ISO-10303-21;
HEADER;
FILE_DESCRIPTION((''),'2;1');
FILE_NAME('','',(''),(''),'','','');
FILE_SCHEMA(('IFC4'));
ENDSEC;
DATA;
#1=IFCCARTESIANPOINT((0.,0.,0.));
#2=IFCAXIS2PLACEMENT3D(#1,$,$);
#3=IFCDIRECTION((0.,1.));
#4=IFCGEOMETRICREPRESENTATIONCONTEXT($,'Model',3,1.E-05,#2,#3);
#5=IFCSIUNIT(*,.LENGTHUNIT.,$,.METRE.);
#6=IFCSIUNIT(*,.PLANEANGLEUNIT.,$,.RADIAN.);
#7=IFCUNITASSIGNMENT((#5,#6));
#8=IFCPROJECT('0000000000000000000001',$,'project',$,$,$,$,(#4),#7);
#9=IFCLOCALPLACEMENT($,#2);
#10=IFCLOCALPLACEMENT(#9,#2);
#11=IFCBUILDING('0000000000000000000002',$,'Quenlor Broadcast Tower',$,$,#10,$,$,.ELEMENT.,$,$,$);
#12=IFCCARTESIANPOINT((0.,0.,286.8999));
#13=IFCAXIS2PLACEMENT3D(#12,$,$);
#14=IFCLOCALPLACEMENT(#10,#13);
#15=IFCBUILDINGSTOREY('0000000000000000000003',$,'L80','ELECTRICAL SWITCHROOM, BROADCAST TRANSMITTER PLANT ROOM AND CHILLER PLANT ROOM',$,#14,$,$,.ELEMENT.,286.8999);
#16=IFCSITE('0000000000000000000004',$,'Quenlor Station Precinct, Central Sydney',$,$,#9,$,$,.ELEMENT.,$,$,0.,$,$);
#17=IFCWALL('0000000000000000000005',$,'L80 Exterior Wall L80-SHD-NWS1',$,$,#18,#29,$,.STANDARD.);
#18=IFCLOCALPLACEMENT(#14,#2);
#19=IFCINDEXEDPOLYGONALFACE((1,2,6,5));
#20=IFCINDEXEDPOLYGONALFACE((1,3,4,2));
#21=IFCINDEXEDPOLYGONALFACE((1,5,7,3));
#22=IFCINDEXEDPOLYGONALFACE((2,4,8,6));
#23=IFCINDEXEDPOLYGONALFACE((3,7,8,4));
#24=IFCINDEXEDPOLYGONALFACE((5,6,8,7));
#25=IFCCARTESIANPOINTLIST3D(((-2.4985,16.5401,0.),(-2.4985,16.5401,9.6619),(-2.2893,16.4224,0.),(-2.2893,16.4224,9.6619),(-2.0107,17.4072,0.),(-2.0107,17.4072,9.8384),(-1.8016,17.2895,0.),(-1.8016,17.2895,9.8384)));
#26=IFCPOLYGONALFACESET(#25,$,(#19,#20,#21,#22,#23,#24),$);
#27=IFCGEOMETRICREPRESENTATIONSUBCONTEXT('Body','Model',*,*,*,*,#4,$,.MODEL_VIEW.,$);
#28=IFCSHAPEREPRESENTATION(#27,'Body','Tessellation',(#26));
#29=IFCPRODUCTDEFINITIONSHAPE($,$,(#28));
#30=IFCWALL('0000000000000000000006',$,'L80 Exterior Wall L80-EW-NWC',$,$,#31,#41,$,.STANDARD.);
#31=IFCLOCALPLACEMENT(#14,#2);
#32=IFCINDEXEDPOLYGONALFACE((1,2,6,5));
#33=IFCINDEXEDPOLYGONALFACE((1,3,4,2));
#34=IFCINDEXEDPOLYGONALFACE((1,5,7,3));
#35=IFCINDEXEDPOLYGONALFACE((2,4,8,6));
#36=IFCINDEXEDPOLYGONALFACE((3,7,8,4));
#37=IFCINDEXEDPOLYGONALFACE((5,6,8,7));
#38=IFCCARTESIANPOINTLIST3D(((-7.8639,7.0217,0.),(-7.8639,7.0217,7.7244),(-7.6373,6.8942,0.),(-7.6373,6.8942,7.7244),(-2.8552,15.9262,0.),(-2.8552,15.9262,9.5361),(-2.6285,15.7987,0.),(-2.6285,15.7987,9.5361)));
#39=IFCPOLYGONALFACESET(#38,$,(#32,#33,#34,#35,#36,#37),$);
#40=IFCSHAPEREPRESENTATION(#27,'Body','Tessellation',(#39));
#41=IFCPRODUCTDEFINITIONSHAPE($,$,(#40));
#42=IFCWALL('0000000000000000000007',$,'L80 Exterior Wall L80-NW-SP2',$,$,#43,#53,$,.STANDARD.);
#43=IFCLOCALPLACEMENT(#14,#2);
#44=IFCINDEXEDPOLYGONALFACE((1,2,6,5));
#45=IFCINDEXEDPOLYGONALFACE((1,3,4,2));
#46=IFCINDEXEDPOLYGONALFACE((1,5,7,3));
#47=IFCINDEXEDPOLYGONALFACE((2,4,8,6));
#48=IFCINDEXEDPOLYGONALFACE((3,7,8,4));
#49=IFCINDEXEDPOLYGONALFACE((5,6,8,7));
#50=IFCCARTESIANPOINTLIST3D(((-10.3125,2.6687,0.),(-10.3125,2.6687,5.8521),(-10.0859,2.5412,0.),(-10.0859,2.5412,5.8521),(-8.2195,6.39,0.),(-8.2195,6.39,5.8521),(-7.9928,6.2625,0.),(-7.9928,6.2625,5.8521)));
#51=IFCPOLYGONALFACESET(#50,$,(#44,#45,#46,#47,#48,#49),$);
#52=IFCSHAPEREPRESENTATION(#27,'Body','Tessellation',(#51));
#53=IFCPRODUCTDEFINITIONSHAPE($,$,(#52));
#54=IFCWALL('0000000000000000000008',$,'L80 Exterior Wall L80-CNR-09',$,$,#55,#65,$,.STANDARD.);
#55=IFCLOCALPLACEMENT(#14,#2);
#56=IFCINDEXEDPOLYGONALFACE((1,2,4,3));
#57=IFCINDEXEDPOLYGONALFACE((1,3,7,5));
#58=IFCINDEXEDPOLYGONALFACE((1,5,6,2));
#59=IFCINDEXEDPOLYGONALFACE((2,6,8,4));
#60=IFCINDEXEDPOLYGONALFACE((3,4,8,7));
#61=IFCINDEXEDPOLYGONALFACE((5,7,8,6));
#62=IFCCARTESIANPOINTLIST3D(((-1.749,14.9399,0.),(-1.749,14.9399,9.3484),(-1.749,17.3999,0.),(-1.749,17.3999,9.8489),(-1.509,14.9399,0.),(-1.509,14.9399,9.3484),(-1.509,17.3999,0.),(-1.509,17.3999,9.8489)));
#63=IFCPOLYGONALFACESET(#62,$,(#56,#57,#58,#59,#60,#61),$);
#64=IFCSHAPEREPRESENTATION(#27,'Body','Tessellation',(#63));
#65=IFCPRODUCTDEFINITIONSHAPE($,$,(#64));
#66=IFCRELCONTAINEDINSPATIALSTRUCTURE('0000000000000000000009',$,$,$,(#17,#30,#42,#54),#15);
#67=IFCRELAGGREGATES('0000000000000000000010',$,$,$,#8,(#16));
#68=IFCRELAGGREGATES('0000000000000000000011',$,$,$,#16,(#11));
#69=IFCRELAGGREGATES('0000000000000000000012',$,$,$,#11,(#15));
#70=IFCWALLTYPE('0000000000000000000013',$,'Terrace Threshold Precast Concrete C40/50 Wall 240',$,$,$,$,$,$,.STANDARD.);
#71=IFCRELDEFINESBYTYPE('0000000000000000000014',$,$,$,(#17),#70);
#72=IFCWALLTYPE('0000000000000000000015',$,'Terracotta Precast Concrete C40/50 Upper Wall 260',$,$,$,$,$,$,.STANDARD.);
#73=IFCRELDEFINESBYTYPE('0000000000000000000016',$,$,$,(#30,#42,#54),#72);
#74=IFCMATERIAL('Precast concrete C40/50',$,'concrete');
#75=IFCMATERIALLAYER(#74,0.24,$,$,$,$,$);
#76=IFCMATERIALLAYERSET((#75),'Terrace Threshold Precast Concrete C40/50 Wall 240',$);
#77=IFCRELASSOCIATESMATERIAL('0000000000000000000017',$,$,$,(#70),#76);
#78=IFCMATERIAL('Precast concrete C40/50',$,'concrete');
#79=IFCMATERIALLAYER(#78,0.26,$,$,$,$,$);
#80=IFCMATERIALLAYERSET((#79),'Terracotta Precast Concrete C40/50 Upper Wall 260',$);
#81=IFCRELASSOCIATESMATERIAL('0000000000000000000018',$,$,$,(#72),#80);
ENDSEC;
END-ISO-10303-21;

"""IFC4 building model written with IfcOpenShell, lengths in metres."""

from ifc_helpers import new_model, si_unit, direction, frame, frame_2d, origin, place, context, subcontext, project, spatial, polyline, rectangle, outline, extrude, material, layer, layer_set, type_object, element, save


model = new_model("IFC4")

# Units and contexts
model_context = context("Model", 3, precision=1e-05, world=origin(), true_north=direction((0.0, 1.0)))
body_context = subcontext(model_context, "Body", "Model", "MODEL_VIEW")
ifc_project = project(units=[si_unit("LENGTHUNIT", "METRE"), si_unit("PLANEANGLEUNIT", "RADIAN")], contexts=[model_context])

# Site, building, storey
site_placement = place(None, origin())
site = spatial("IfcSite", under=ifc_project, at=site_placement, Name="Quenlor Station Precinct, Central Sydney", CompositionType="ELEMENT", RefElevation=0.0)
building_placement = place(site_placement, origin())
building = spatial("IfcBuilding", under=site, at=building_placement, Name="Quenlor Broadcast Tower", CompositionType="ELEMENT")
storey_placement = place(building_placement, frame((0.0, 0.0, 286.8999)))
storey = spatial("IfcBuildingStorey", under=building, at=storey_placement, Name="L80", Description="ELECTRICAL SWITCHROOM, BROADCAST TRANSMITTER PLANT ROOM AND CHILLER PLANT ROOM", CompositionType="ELEMENT", Elevation=286.8999)

# Walls
ifc_material_1 = material(Name="Precast concrete C40/50", Category="concrete")
ifc_layer_1 = layer(ifc_material_1, 0.24)
ifc_layer_set_1 = layer_set([ifc_layer_1], Name="Terrace Threshold Precast Concrete C40/50 Wall 240")
wall_type_1 = type_object("IfcWallType", Name="Terrace Threshold Precast Concrete C40/50 Wall 240", PredefinedType="STANDARD", material=ifc_layer_set_1)
wall_1_placement = place(storey_placement, frame((-2.3938, 16.4812, 0.0), z_axis=(0.0, 0.0, 1.0), x_axis=(0.490261, 0.871576, 0.0)))
element("IfcWall", 1, at=wall_1_placement, inside=storey, type_object=wall_type_1, Name="L80 Exterior Wall L80-SHD-NWS1", PredefinedType="STANDARD", context=body_context, shape_type="SweptSolid", body=[
    extrude(outline(polyline([(0.0, 0.0), (0.9949, 0.0), (0.9949, 9.8384), (0.0, 9.6619), (0.0, 0.0)])), frame((0.0, 0.1201, 0.0), z_axis=(0.0, -1.0, 0.0), x_axis=(1.0, 0.0, 0.0)), (0.0, 0.0, 1.0), 0.24),
])
ifc_material_2 = material(Name="Precast concrete C40/50", Category="concrete")
ifc_layer_2 = layer(ifc_material_2, 0.26)
ifc_layer_set_2 = layer_set([ifc_layer_2], Name="Terracotta Precast Concrete C40/50 Upper Wall 260")
wall_type_2 = type_object("IfcWallType", Name="Terracotta Precast Concrete C40/50 Upper Wall 260", PredefinedType="STANDARD", material=ifc_layer_set_2)
wall_2_placement = place(storey_placement, frame((-7.7507, 6.958, 0.0), z_axis=(0.0, 0.0, 1.0), x_axis=(0.49026, 0.871576, 0.0)))
element("IfcWall", 2, at=wall_2_placement, inside=storey, type_object=wall_type_2, Name="L80 Exterior Wall L80-EW-NWC", PredefinedType="STANDARD", context=body_context, shape_type="SweptSolid", body=[
    extrude(outline(polyline([(0.0, 0.0), (10.2166, 0.0), (10.2166, 9.5361), (0.0, 7.7244), (0.0, 0.0)])), frame((0.0, 0.1299, 0.0), z_axis=(0.0, -1.0, 0.0), x_axis=(1.0, 0.0, 0.0)), (0.0, 0.0, 1.0), 0.26),
])
wall_3_placement = place(storey_placement, frame((-10.1992, 2.605, 0.0), z_axis=(0.0, 0.0, 1.0), x_axis=(0.490234, 0.871591, 0.0)))
element("IfcWall", 3, at=wall_3_placement, inside=storey, type_object=wall_type_2, Name="L80 Exterior Wall L80-NW-SP2", PredefinedType="STANDARD", context=body_context, shape_type="SweptSolid", body=[
    extrude(rectangle(XDim=4.2695, YDim=0.26, at=frame_2d((2.1348, 0.0))), origin(), (0.0, 0.0, 1.0), 5.8521),
])
wall_4_placement = place(storey_placement, frame((-1.6289, 14.9399, 0.0), z_axis=(0.0, 0.0, 1.0), x_axis=(0.0, 1.0, 0.0)))
element("IfcWall", 4, at=wall_4_placement, inside=storey, type_object=wall_type_2, Name="L80 Exterior Wall L80-CNR-09", PredefinedType="STANDARD", context=body_context, shape_type="SweptSolid", body=[
    extrude(outline(polyline([(0.0, 0.0), (2.46, 0.0), (2.46, 9.8489), (0.0, 9.3484), (0.0, 0.0)])), frame((0.0, 0.1201, 0.0), z_axis=(0.0, -1.0, 0.0), x_axis=(1.0, 0.0, 0.0)), (0.0, 0.0, 1.0), 0.24),
])

save(model, "model.ifc")
